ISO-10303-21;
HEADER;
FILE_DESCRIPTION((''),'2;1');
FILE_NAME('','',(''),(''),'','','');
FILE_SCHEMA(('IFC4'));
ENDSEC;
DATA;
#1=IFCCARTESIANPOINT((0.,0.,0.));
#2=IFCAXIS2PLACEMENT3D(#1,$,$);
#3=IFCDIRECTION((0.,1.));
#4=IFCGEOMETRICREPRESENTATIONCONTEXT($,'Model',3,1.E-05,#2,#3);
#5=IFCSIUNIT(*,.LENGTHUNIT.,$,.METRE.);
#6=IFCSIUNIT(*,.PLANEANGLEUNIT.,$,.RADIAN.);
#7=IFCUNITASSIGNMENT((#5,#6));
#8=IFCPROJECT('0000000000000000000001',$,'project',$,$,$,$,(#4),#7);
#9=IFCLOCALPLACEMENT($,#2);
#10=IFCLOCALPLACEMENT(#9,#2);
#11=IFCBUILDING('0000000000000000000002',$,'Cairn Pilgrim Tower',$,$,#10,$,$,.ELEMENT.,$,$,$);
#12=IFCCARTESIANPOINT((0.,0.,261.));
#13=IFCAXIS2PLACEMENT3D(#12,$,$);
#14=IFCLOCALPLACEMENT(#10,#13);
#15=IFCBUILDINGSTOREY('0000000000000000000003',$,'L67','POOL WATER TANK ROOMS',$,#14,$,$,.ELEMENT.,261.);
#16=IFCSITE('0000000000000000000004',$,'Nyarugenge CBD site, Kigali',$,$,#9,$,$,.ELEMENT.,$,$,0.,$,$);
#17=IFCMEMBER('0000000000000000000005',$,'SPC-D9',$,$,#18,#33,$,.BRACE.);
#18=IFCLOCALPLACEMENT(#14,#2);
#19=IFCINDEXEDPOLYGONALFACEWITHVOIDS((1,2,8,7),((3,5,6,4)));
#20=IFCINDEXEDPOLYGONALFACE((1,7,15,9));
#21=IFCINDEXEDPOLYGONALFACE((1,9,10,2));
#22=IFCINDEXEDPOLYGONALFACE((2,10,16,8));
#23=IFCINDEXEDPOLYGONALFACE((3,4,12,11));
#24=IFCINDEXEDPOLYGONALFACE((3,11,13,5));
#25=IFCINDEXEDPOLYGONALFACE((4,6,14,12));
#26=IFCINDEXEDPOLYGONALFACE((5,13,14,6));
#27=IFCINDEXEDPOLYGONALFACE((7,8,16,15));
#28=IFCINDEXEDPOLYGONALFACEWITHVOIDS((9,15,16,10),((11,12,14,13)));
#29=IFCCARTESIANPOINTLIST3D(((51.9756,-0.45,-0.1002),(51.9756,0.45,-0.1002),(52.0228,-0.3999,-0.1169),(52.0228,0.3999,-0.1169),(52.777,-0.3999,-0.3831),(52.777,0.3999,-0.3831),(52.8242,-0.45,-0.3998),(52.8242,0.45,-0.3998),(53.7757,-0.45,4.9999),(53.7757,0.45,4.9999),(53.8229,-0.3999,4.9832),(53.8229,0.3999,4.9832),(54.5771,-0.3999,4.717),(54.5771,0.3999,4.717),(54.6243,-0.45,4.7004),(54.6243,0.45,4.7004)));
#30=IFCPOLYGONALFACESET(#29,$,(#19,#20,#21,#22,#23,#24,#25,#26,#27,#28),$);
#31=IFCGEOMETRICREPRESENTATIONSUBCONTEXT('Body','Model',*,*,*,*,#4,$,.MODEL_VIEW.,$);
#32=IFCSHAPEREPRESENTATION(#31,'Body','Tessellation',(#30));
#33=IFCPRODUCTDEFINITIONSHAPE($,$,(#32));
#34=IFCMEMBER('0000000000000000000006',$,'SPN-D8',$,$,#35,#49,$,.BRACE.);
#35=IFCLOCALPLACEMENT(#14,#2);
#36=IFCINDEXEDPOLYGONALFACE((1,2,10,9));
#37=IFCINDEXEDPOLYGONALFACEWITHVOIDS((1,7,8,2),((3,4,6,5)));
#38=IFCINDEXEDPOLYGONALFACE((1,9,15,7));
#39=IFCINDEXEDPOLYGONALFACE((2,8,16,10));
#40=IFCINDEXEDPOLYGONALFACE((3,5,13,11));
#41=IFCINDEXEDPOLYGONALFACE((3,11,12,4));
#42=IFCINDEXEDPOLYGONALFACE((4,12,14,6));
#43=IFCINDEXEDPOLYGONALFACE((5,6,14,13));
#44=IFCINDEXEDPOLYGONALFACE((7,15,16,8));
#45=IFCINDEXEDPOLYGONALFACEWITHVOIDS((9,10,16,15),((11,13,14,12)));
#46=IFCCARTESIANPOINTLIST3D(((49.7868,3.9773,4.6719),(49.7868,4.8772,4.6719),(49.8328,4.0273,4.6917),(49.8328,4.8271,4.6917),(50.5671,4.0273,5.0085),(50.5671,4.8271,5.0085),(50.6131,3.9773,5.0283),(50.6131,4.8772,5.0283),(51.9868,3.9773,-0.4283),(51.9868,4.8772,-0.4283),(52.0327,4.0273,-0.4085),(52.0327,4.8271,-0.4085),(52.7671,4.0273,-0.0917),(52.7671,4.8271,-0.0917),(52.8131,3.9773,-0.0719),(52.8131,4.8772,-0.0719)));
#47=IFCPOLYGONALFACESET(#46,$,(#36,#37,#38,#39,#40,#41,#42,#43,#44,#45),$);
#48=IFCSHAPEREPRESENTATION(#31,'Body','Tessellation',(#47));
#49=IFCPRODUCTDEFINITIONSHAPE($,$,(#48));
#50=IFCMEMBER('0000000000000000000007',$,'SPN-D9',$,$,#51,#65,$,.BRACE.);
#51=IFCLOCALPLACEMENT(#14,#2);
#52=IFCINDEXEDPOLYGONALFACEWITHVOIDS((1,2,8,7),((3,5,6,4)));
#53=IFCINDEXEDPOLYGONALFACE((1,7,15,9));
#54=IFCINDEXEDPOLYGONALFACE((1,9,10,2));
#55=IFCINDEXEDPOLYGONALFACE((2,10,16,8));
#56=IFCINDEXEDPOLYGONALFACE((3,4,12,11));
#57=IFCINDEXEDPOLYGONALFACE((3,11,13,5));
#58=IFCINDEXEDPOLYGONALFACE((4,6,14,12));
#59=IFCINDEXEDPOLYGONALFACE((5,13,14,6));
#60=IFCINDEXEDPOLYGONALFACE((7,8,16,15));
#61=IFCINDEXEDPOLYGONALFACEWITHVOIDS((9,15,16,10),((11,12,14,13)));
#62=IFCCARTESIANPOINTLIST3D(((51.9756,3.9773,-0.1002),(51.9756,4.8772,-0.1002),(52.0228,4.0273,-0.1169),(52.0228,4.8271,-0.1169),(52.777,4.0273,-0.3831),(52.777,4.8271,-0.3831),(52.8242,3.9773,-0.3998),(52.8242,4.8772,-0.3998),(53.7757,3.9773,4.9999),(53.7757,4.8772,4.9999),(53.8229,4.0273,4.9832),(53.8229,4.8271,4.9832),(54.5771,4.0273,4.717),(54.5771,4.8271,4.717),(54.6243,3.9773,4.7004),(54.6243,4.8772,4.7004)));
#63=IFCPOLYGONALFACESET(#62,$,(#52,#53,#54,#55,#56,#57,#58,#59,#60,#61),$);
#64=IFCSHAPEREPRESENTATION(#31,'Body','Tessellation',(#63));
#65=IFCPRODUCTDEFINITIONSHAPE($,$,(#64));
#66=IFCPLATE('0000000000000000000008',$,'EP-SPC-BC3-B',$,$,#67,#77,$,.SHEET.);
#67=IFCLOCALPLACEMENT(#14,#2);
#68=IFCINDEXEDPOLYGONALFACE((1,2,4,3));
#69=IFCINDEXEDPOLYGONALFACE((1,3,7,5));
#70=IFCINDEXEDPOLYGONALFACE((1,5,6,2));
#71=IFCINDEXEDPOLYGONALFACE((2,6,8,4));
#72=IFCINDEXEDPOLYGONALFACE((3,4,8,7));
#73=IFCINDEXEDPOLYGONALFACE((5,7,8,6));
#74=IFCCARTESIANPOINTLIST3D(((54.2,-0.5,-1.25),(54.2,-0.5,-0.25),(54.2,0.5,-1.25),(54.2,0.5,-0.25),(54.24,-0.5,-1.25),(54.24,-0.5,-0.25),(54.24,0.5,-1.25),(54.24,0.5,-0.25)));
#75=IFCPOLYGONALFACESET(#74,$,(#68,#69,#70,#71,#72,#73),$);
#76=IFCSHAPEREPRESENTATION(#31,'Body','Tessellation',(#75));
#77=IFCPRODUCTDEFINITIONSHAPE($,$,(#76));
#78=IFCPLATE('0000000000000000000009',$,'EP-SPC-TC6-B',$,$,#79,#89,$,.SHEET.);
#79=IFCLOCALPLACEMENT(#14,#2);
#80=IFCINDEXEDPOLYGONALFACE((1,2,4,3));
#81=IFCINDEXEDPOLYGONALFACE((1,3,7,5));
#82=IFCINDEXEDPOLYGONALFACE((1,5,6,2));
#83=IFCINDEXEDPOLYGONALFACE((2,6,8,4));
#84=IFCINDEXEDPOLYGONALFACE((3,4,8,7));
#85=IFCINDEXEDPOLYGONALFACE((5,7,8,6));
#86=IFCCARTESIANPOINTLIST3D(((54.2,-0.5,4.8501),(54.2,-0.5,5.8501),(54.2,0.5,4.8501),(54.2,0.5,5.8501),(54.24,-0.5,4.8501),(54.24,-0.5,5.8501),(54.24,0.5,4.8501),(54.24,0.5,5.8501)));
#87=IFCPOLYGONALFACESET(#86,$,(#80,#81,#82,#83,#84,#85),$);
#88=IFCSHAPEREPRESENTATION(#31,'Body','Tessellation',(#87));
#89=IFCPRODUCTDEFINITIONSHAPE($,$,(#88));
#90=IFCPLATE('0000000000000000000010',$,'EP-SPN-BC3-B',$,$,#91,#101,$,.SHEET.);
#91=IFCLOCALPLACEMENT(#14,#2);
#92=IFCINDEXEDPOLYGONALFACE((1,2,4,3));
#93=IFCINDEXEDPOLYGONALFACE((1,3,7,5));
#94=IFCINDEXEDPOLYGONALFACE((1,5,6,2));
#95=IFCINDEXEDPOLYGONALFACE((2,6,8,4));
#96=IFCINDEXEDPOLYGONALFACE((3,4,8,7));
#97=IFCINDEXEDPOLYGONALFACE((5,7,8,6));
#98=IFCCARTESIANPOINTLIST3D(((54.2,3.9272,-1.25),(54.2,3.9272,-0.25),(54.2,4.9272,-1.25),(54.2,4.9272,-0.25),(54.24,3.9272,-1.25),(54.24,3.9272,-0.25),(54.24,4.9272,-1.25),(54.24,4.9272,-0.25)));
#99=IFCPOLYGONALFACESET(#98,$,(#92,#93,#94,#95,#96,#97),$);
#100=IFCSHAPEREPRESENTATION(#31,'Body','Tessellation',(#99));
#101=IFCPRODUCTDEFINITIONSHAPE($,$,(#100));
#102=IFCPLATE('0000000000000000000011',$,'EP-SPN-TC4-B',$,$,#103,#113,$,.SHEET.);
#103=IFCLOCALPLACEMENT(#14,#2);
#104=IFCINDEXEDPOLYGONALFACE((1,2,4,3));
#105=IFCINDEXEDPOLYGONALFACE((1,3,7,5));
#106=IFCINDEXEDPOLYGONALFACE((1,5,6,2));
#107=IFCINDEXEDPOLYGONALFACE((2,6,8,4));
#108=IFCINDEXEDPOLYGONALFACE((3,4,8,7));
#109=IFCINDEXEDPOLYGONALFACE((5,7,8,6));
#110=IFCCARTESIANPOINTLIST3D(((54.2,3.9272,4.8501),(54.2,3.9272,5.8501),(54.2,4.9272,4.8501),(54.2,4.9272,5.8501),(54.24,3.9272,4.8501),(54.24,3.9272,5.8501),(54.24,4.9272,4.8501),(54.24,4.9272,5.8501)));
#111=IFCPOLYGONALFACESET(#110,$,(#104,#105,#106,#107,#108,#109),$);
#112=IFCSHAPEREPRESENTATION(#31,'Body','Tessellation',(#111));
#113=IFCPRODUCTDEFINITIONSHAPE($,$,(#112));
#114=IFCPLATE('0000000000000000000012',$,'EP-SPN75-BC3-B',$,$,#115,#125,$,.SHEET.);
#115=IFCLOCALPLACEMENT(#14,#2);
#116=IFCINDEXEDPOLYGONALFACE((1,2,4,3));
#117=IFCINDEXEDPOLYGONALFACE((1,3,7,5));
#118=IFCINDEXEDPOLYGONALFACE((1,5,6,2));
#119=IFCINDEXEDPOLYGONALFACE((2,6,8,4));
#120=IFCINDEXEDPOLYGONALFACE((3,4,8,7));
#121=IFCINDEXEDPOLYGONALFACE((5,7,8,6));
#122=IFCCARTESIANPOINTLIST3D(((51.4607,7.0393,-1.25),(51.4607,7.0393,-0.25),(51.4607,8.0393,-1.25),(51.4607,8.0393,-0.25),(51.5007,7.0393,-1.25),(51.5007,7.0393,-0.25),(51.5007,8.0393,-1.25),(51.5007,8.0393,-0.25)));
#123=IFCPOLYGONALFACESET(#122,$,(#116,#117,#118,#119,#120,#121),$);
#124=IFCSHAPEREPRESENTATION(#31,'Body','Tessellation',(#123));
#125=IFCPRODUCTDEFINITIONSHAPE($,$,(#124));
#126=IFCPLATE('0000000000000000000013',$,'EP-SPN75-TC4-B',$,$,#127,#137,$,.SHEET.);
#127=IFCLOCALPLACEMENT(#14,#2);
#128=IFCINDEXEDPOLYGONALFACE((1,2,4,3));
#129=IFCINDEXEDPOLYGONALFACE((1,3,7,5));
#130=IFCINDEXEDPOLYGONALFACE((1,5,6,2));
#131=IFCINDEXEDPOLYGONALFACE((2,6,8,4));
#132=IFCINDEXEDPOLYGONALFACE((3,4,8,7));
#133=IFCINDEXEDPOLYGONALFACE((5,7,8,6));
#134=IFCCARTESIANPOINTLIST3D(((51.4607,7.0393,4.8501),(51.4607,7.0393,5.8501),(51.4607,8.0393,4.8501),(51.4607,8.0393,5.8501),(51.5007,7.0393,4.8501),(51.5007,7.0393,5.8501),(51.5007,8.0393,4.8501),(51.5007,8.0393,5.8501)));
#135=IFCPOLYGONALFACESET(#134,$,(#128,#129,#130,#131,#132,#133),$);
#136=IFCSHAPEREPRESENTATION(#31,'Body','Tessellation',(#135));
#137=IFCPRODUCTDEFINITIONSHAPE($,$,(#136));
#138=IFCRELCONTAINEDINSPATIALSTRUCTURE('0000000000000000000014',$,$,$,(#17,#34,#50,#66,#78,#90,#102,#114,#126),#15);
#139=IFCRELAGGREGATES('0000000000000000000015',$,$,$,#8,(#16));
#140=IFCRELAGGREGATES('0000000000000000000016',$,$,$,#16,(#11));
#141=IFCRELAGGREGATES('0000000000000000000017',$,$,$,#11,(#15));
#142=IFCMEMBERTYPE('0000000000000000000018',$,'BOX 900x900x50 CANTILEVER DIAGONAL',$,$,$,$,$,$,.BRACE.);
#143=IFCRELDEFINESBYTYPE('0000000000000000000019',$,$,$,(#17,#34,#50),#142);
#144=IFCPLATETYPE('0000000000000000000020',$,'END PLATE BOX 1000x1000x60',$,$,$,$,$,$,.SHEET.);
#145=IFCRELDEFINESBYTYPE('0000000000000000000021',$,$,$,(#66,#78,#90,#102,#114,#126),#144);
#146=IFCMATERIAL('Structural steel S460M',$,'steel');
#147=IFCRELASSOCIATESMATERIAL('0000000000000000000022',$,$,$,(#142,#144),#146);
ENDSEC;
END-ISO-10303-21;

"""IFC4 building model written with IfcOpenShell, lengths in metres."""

from ifc_helpers import new_model, si_unit, direction, frame, origin, origin_2d, place, context, subcontext, project, spatial, rectangle, hollow_rectangle, extrude, material, material_profile, profile_set, type_object, element, save


model = new_model("IFC4")

# Units and contexts
model_context = context("Model", 3, precision=1e-05, world=origin(), true_north=direction((0.0, 1.0)))
body_context = subcontext(model_context, "Body", "Model", "MODEL_VIEW")
ifc_project = project(units=[si_unit("LENGTHUNIT", "METRE"), si_unit("PLANEANGLEUNIT", "RADIAN")], contexts=[model_context])

# Site, building, storey
site_placement = place(None, origin())
site = spatial("IfcSite", under=ifc_project, at=site_placement, Name="Nyarugenge CBD site, Kigali", CompositionType="ELEMENT", RefElevation=0.0)
building_placement = place(site_placement, origin())
building = spatial("IfcBuilding", under=site, at=building_placement, Name="Cairn Pilgrim Tower", CompositionType="ELEMENT")
storey_placement = place(building_placement, frame((0.0, 0.0, 261.0)))
storey = spatial("IfcBuildingStorey", under=building, at=storey_placement, Name="L67", Description="POOL WATER TANK ROOMS", CompositionType="ELEMENT", Elevation=261.0)

# Members
ifc_material = material(Name="Structural steel S460M", Category="steel")
ifc_material_profile_1 = material_profile(ifc_material, hollow_rectangle(XDim=0.8999, YDim=0.8999, WallThickness=0.05, at=origin_2d()), Name="BOX 900x900x50")
ifc_profile_set_1 = profile_set([ifc_material_profile_1], Name="Structural steel S460M")
member_type_1 = type_object("IfcMemberType", Name="BOX 900x900x50 CANTILEVER DIAGONAL", PredefinedType="BRACE", material=ifc_profile_set_1)
member_1_placement = place(storey_placement, frame((52.3999, 0.0, -0.25), z_axis=(0.332822, 0.0, 0.94299), x_axis=(0.0, 1.0, 0.0)))
element("IfcMember", 1, at=member_1_placement, inside=storey, type_object=member_type_1, Name="SPC-D9", PredefinedType="BRACE", context=body_context, shape_type="SweptSolid", body=[
    extrude(hollow_rectangle(XDim=0.8999, YDim=0.8999, WallThickness=0.05, at=origin_2d()), origin(), (0.0, 0.0, 1.0), 5.4084),
])
member_2_placement = place(storey_placement, frame((50.2, 4.4272, 4.8501), z_axis=(0.396077, 0.0, -0.918217), x_axis=(0.0, 1.0, 0.0)))
element("IfcMember", 2, at=member_2_placement, inside=storey, type_object=member_type_1, Name="SPN-D8", PredefinedType="BRACE", context=body_context, shape_type="SweptSolid", body=[
    extrude(hollow_rectangle(XDim=0.8999, YDim=0.8999, WallThickness=0.05, at=origin_2d()), origin(), (0.0, 0.0, 1.0), 5.5544),
])
member_3_placement = place(storey_placement, frame((52.3999, 4.4272, -0.25), z_axis=(0.332822, 0.0, 0.94299), x_axis=(0.0, 1.0, 0.0)))
element("IfcMember", 3, at=member_3_placement, inside=storey, type_object=member_type_1, Name="SPN-D9", PredefinedType="BRACE", context=body_context, shape_type="SweptSolid", body=[
    extrude(hollow_rectangle(XDim=0.8999, YDim=0.8999, WallThickness=0.05, at=origin_2d()), origin(), (0.0, 0.0, 1.0), 5.4084),
])

# Plates
ifc_material_profile_2 = material_profile(ifc_material, rectangle(XDim=1.0, YDim=1.0, at=origin_2d()), Name="END PLATE BOX 1000x1000x60")
ifc_profile_set_2 = profile_set([ifc_material_profile_2], Name="Structural steel S460M")
plate_type = type_object("IfcPlateType", Name="END PLATE BOX 1000x1000x60", PredefinedType="SHEET", material=ifc_profile_set_2)
for number, where, z_axis, x_axis, name in (
    (4, (54.2, 0.0, -0.75), (1.0, 0.0, 0.0), (0.0, 1.0, 0.0), "EP-SPC-BC3-B"),
    (5, (54.2, 0.0, 5.3501), (1.0, 0.0, 0.0), (0.0, 1.0, 0.0), "EP-SPC-TC6-B"),
    (6, (54.2, 4.4272, -0.75), (1.0, 0.0, 0.0), (0.0, 1.0, 0.0), "EP-SPN-BC3-B"),
    (7, (54.2, 4.4272, 5.3501), (1.0, 0.0, 0.0), (0.0, 1.0, 0.0), "EP-SPN-TC4-B"),
    (8, (51.4607, 7.5393, -0.75), (1.0, 0.0, 0.0), (0.0, 1.0, 0.0), "EP-SPN75-BC3-B"),
    (9, (51.4607, 7.5393, 5.3501), (1.0, 0.0, 0.0), (0.0, 1.0, 0.0), "EP-SPN75-TC4-B"),
):
    element("IfcPlate", number, at=place(storey_placement, frame(where, z_axis=z_axis, x_axis=x_axis)), inside=storey, type_object=plate_type, Name=name, PredefinedType="SHEET", context=body_context, shape_type="SweptSolid", body=[
        extrude(rectangle(XDim=1.0, YDim=1.0, at=origin_2d()), origin(), (0.0, 0.0, 1.0), 0.04),
    ])

save(model, "model.ifc")
